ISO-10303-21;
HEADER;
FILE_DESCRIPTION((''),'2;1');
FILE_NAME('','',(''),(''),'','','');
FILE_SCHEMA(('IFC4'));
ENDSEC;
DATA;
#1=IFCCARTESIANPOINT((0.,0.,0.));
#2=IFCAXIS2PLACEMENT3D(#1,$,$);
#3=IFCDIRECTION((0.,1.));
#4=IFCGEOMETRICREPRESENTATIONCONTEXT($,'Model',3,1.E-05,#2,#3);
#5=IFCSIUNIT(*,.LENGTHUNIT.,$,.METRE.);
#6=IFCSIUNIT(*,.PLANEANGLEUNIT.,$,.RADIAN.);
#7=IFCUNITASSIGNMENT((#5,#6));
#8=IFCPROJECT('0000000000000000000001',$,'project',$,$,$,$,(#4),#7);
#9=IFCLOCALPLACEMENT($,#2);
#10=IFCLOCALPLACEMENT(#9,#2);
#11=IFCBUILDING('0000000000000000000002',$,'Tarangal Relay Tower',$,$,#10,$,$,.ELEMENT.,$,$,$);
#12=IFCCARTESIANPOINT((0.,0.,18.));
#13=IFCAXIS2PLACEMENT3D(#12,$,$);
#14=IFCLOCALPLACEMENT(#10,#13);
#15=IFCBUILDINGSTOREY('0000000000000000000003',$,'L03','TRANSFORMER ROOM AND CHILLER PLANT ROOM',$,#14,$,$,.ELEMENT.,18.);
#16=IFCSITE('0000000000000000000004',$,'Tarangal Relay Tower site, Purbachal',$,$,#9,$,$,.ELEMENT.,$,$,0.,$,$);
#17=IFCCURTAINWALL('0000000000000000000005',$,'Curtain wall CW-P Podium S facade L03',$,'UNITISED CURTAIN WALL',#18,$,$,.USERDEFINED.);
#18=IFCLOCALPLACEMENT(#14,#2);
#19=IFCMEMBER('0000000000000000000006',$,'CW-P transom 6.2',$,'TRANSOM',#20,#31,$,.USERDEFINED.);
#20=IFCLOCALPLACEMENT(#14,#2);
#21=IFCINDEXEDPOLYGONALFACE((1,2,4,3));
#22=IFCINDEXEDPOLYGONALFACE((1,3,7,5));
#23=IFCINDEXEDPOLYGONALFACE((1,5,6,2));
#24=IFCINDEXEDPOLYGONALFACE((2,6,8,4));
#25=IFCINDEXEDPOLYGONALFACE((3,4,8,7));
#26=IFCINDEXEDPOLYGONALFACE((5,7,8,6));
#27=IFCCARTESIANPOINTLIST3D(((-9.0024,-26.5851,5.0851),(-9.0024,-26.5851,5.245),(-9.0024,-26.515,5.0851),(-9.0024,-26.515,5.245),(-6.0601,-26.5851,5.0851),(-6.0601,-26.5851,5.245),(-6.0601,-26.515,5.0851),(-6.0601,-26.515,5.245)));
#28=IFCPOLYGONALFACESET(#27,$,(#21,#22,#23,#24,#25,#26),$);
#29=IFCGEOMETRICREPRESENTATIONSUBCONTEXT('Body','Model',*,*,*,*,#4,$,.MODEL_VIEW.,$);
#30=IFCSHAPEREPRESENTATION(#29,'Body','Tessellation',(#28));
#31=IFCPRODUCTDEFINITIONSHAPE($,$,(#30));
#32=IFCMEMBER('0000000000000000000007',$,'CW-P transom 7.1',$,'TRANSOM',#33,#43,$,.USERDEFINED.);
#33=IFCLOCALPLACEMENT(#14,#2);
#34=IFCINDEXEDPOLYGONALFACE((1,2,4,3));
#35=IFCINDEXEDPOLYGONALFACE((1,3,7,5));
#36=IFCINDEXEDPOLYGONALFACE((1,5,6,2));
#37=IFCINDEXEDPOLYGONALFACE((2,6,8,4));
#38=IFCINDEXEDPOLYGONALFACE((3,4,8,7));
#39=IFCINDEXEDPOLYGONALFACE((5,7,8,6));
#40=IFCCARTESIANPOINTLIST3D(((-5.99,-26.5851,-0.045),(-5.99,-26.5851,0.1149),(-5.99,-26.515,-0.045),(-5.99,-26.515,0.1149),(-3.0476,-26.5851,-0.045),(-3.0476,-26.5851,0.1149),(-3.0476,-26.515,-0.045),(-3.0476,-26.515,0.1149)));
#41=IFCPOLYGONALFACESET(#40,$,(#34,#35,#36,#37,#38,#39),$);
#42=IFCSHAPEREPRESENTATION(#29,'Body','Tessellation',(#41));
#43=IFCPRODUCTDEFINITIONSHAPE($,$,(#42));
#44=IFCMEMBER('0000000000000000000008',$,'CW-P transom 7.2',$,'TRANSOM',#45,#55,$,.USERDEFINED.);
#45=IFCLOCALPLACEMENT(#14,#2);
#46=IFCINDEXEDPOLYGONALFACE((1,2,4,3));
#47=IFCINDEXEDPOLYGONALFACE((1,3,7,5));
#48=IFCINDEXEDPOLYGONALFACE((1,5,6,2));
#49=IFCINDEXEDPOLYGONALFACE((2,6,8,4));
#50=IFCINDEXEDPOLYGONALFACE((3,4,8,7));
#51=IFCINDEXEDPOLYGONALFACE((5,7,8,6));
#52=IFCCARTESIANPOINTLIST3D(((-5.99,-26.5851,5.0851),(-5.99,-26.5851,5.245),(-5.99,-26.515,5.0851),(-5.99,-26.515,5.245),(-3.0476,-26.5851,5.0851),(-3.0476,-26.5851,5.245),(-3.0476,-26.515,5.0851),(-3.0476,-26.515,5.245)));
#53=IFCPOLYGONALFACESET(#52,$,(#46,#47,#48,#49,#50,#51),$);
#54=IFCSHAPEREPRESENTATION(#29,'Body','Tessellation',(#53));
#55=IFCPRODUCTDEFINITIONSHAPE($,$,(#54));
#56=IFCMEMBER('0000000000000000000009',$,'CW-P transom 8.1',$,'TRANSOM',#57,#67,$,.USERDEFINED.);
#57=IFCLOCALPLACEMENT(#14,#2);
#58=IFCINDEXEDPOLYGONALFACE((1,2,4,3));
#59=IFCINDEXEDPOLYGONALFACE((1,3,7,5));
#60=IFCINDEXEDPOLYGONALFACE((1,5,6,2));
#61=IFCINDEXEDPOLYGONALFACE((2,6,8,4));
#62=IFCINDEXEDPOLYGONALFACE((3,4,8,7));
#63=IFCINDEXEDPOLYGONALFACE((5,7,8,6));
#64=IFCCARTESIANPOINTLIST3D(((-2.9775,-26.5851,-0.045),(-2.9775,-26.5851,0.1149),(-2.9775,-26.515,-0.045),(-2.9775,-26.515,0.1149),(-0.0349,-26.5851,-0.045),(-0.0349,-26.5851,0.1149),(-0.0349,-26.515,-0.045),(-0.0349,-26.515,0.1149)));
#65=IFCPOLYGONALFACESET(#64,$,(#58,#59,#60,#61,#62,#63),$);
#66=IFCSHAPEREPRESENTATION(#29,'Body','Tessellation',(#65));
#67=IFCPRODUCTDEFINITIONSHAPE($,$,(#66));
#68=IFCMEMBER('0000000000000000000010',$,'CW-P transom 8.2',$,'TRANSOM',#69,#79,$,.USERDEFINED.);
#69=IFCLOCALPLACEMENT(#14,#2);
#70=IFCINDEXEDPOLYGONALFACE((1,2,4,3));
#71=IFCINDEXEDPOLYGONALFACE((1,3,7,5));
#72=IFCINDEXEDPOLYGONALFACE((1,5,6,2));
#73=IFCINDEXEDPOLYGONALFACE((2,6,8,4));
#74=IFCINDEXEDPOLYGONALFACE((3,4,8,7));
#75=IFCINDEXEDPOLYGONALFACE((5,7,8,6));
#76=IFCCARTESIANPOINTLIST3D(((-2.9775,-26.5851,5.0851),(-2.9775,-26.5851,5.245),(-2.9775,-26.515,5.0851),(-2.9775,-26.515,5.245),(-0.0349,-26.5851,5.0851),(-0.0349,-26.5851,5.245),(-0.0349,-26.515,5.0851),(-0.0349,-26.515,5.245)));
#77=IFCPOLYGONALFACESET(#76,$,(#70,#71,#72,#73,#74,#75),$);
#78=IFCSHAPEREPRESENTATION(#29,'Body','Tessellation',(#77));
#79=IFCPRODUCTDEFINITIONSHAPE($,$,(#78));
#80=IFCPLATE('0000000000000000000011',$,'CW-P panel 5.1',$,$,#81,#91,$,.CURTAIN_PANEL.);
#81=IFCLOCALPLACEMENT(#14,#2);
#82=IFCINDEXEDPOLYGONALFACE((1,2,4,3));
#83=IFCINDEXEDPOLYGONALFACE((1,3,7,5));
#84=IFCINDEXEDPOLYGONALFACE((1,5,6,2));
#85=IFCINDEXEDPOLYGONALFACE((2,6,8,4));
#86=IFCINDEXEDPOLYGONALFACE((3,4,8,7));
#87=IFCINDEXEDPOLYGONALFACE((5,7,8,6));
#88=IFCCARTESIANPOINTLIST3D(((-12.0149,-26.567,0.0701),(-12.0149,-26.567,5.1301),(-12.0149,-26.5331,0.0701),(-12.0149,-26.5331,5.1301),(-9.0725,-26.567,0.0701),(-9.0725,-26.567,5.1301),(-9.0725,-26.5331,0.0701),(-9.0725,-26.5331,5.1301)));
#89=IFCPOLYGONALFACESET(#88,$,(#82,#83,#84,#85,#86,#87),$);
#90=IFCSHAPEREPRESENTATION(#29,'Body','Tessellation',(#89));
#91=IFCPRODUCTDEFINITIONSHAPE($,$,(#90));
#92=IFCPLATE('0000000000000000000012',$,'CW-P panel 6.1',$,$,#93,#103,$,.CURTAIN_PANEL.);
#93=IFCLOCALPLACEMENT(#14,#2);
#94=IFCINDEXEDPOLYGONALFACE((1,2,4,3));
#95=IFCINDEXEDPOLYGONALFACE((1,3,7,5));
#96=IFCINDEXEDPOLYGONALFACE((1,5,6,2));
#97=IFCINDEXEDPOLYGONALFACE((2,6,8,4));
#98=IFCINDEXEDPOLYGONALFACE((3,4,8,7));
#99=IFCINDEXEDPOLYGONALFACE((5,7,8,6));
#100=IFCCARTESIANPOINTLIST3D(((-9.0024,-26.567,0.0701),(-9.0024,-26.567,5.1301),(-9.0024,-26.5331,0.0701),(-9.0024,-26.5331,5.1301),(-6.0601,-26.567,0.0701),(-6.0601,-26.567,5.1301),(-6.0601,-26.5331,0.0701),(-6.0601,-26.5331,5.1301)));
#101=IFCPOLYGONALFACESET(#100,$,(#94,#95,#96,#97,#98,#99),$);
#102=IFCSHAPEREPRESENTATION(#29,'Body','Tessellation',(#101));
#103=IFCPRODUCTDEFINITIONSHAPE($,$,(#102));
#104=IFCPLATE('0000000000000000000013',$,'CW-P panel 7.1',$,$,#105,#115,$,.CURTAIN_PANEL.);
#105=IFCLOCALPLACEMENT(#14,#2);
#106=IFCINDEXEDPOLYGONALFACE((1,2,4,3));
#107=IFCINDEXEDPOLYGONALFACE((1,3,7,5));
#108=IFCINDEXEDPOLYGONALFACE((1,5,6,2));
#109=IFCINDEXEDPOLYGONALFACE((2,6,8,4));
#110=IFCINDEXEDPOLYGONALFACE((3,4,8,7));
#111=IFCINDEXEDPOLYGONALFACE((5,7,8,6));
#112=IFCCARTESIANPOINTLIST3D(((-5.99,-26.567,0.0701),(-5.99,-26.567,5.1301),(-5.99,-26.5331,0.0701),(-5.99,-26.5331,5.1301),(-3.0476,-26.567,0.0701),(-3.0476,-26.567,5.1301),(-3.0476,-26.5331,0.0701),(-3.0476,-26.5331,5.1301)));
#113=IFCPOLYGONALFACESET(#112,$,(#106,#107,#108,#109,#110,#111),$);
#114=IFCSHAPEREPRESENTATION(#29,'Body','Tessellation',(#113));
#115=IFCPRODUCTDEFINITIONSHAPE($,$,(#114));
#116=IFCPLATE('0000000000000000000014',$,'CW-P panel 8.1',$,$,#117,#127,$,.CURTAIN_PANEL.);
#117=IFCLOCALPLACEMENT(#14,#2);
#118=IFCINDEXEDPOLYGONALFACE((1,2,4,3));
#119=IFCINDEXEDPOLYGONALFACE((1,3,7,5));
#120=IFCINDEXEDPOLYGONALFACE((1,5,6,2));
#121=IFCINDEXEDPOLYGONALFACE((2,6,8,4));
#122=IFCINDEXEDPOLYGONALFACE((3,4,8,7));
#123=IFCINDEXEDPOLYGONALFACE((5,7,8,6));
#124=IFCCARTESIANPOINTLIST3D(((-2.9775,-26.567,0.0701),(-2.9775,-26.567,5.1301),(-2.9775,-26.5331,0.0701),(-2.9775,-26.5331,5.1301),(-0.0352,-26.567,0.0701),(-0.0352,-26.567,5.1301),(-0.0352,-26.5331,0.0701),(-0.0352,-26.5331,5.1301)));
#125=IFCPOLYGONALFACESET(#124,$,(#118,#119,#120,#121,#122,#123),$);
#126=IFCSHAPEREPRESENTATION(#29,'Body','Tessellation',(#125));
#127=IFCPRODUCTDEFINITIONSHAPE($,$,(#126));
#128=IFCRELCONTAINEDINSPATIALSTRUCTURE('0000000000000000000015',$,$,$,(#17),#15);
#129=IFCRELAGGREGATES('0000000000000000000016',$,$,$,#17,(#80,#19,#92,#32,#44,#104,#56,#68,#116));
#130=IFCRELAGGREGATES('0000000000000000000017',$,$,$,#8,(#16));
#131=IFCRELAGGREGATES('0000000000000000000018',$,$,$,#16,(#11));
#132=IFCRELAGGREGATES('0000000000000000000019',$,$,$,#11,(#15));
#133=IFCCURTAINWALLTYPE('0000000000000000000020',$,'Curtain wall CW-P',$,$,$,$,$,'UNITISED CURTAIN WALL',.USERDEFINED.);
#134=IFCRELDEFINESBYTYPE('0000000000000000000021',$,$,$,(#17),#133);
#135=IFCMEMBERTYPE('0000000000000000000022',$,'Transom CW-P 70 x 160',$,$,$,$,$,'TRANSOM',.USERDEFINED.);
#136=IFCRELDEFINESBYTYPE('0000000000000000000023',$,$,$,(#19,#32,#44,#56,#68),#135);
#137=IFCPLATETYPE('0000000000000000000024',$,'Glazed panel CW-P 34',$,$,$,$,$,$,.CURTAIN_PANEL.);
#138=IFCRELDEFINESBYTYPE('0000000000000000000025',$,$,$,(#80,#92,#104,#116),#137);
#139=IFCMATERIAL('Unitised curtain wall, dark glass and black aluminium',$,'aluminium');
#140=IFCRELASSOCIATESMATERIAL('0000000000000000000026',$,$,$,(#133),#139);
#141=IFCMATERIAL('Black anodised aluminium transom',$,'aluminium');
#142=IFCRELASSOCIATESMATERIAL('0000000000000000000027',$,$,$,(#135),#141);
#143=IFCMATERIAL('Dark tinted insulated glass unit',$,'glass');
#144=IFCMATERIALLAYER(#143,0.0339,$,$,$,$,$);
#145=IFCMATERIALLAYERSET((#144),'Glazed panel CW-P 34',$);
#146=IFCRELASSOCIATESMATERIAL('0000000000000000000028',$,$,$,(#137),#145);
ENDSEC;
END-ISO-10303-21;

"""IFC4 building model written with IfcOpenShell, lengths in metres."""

from ifc_helpers import new_model, si_unit, direction, frame, origin, origin_2d, place, context, subcontext, project, spatial, rectangle, extrude, material, layer, layer_set, material_profile, profile_set, type_object, element, aggregate, save


model = new_model("IFC4")

# Units and contexts
model_context = context("Model", 3, precision=1e-05, world=origin(), true_north=direction((0.0, 1.0)))
body_context = subcontext(model_context, "Body", "Model", "MODEL_VIEW")
ifc_project = project(units=[si_unit("LENGTHUNIT", "METRE"), si_unit("PLANEANGLEUNIT", "RADIAN")], contexts=[model_context])

# Site, building, storey
site_placement = place(None, origin())
site = spatial("IfcSite", under=ifc_project, at=site_placement, Name="Tarangal Relay Tower site, Purbachal", CompositionType="ELEMENT", RefElevation=0.0)
building_placement = place(site_placement, origin())
building = spatial("IfcBuilding", under=site, at=building_placement, Name="Tarangal Relay Tower", CompositionType="ELEMENT")
storey_placement = place(building_placement, frame((0.0, 0.0, 18.0)))
storey = spatial("IfcBuildingStorey", under=building, at=storey_placement, Name="L03", Description="TRANSFORMER ROOM AND CHILLER PLANT ROOM", CompositionType="ELEMENT", Elevation=18.0)

# Curtain wall, members, plates
ifc_material_1 = material(Name="Unitised curtain wall, dark glass and black aluminium", Category="aluminium")
curtain_wall_type = type_object("IfcCurtainWallType", Name="Curtain wall CW-P", ElementType="UNITISED CURTAIN WALL", PredefinedType="USERDEFINED", material=ifc_material_1)
curtain_wall_placement = place(storey_placement, origin())
curtain_wall = element("IfcCurtainWall", 1, at=curtain_wall_placement, inside=storey, type_object=curtain_wall_type, Name="Curtain wall CW-P Podium S facade L03", ObjectType="UNITISED CURTAIN WALL", PredefinedType="USERDEFINED")
ifc_material_2 = material(Name="Black anodised aluminium transom", Category="aluminium")
ifc_material_profile_1 = material_profile(ifc_material_2, rectangle(XDim=0.0701, YDim=0.1599, at=origin_2d()), Name="CW-PT 70X160")
ifc_profile_set_1 = profile_set([ifc_material_profile_1], Name="Black anodised aluminium transom")
member_type_1 = type_object("IfcMemberType", Name="Transom CW-P 70 x 160", ElementType="TRANSOM", PredefinedType="USERDEFINED", material=ifc_profile_set_1)
member_1_placement = place(storey_placement, frame((-9.0024, -26.55, 5.165), z_axis=(1.0, 0.0, 0.0), x_axis=(0.0, 1.0, 0.0)))
member_1 = element("IfcMember", 2, at=member_1_placement, type_object=member_type_1, Name="CW-P transom 6.2", ObjectType="TRANSOM", PredefinedType="USERDEFINED", context=body_context, shape_type="SweptSolid", body=[
    extrude(rectangle(XDim=0.0701, YDim=0.1599, at=origin_2d()), origin(), (0.0, 0.0, 1.0), 2.9424),
])
member_2_placement = place(storey_placement, frame((-5.99, -26.55, 0.0349), z_axis=(1.0, 0.0, 0.0), x_axis=(0.0, 1.0, 0.0)))
member_2 = element("IfcMember", 3, at=member_2_placement, type_object=member_type_1, Name="CW-P transom 7.1", ObjectType="TRANSOM", PredefinedType="USERDEFINED", context=body_context, shape_type="SweptSolid", body=[
    extrude(rectangle(XDim=0.0701, YDim=0.1599, at=origin_2d()), origin(), (0.0, 0.0, 1.0), 2.9424),
])
member_3_placement = place(storey_placement, frame((-5.99, -26.55, 5.165), z_axis=(1.0, 0.0, 0.0), x_axis=(0.0, 1.0, 0.0)))
member_3 = element("IfcMember", 4, at=member_3_placement, type_object=member_type_1, Name="CW-P transom 7.2", ObjectType="TRANSOM", PredefinedType="USERDEFINED", context=body_context, shape_type="SweptSolid", body=[
    extrude(rectangle(XDim=0.0701, YDim=0.1599, at=origin_2d()), origin(), (0.0, 0.0, 1.0), 2.9424),
])
member_4_placement = place(storey_placement, frame((-2.9775, -26.55, 0.0349), z_axis=(1.0, 0.0, 0.0), x_axis=(0.0, 1.0, 0.0)))
member_4 = element("IfcMember", 5, at=member_4_placement, type_object=member_type_1, Name="CW-P transom 8.1", ObjectType="TRANSOM", PredefinedType="USERDEFINED", context=body_context, shape_type="SweptSolid", body=[
    extrude(rectangle(XDim=0.0701, YDim=0.1599, at=origin_2d()), origin(), (0.0, 0.0, 1.0), 2.9426),
])
member_5_placement = place(storey_placement, frame((-2.9775, -26.55, 5.165), z_axis=(1.0, 0.0, 0.0), x_axis=(0.0, 1.0, 0.0)))
member_5 = element("IfcMember", 6, at=member_5_placement, type_object=member_type_1, Name="CW-P transom 8.2", ObjectType="TRANSOM", PredefinedType="USERDEFINED", context=body_context, shape_type="SweptSolid", body=[
    extrude(rectangle(XDim=0.0701, YDim=0.1599, at=origin_2d()), origin(), (0.0, 0.0, 1.0), 2.9426),
])
ifc_material_3 = material(Name="Dark tinted insulated glass unit", Category="glass")
ifc_layer = layer(ifc_material_3, 0.0339)
ifc_layer_set = layer_set([ifc_layer], Name="Glazed panel CW-P 34")
plate_type = type_object("IfcPlateType", Name="Glazed panel CW-P 34", PredefinedType="CURTAIN_PANEL", material=ifc_layer_set)
plate_1_placement = place(storey_placement, frame((-10.5437, -26.55, 0.0701), z_axis=(0.0, 0.0, 1.0), x_axis=(1.0, 0.0, 0.0)))
plate_1 = element("IfcPlate", 7, at=plate_1_placement, type_object=plate_type, Name="CW-P panel 5.1", PredefinedType="CURTAIN_PANEL", context=body_context, shape_type="SweptSolid", body=[
    extrude(rectangle(XDim=2.9424, YDim=0.0339, at=origin_2d()), origin(), (0.0, 0.0, 1.0), 5.0601),
])
plate_2_placement = place(storey_placement, frame((-7.5312, -26.55, 0.0701), z_axis=(0.0, 0.0, 1.0), x_axis=(1.0, 0.0, 0.0)))
plate_2 = element("IfcPlate", 8, at=plate_2_placement, type_object=plate_type, Name="CW-P panel 6.1", PredefinedType="CURTAIN_PANEL", context=body_context, shape_type="SweptSolid", body=[
    extrude(rectangle(XDim=2.9424, YDim=0.0339, at=origin_2d()), origin(), (0.0, 0.0, 1.0), 5.0601),
])
plate_3_placement = place(storey_placement, frame((-4.5188, -26.55, 0.0701), z_axis=(0.0, 0.0, 1.0), x_axis=(1.0, 0.0, 0.0)))
plate_3 = element("IfcPlate", 9, at=plate_3_placement, type_object=plate_type, Name="CW-P panel 7.1", PredefinedType="CURTAIN_PANEL", context=body_context, shape_type="SweptSolid", body=[
    extrude(rectangle(XDim=2.9424, YDim=0.0339, at=origin_2d()), origin(), (0.0, 0.0, 1.0), 5.0601),
])
plate_4_placement = place(storey_placement, frame((-1.5063, -26.55, 0.0701), z_axis=(0.0, 0.0, 1.0), x_axis=(1.0, 0.0, 0.0)))
plate_4 = element("IfcPlate", 10, at=plate_4_placement, type_object=plate_type, Name="CW-P panel 8.1", PredefinedType="CURTAIN_PANEL", context=body_context, shape_type="SweptSolid", body=[
    extrude(rectangle(XDim=2.9424, YDim=0.0339, at=origin_2d()), origin(), (0.0, 0.0, 1.0), 5.0601),
])
aggregate(curtain_wall, [plate_1, member_1, plate_2, member_2, member_3, plate_3, member_4, member_5, plate_4])

save(model, "model.ifc")
